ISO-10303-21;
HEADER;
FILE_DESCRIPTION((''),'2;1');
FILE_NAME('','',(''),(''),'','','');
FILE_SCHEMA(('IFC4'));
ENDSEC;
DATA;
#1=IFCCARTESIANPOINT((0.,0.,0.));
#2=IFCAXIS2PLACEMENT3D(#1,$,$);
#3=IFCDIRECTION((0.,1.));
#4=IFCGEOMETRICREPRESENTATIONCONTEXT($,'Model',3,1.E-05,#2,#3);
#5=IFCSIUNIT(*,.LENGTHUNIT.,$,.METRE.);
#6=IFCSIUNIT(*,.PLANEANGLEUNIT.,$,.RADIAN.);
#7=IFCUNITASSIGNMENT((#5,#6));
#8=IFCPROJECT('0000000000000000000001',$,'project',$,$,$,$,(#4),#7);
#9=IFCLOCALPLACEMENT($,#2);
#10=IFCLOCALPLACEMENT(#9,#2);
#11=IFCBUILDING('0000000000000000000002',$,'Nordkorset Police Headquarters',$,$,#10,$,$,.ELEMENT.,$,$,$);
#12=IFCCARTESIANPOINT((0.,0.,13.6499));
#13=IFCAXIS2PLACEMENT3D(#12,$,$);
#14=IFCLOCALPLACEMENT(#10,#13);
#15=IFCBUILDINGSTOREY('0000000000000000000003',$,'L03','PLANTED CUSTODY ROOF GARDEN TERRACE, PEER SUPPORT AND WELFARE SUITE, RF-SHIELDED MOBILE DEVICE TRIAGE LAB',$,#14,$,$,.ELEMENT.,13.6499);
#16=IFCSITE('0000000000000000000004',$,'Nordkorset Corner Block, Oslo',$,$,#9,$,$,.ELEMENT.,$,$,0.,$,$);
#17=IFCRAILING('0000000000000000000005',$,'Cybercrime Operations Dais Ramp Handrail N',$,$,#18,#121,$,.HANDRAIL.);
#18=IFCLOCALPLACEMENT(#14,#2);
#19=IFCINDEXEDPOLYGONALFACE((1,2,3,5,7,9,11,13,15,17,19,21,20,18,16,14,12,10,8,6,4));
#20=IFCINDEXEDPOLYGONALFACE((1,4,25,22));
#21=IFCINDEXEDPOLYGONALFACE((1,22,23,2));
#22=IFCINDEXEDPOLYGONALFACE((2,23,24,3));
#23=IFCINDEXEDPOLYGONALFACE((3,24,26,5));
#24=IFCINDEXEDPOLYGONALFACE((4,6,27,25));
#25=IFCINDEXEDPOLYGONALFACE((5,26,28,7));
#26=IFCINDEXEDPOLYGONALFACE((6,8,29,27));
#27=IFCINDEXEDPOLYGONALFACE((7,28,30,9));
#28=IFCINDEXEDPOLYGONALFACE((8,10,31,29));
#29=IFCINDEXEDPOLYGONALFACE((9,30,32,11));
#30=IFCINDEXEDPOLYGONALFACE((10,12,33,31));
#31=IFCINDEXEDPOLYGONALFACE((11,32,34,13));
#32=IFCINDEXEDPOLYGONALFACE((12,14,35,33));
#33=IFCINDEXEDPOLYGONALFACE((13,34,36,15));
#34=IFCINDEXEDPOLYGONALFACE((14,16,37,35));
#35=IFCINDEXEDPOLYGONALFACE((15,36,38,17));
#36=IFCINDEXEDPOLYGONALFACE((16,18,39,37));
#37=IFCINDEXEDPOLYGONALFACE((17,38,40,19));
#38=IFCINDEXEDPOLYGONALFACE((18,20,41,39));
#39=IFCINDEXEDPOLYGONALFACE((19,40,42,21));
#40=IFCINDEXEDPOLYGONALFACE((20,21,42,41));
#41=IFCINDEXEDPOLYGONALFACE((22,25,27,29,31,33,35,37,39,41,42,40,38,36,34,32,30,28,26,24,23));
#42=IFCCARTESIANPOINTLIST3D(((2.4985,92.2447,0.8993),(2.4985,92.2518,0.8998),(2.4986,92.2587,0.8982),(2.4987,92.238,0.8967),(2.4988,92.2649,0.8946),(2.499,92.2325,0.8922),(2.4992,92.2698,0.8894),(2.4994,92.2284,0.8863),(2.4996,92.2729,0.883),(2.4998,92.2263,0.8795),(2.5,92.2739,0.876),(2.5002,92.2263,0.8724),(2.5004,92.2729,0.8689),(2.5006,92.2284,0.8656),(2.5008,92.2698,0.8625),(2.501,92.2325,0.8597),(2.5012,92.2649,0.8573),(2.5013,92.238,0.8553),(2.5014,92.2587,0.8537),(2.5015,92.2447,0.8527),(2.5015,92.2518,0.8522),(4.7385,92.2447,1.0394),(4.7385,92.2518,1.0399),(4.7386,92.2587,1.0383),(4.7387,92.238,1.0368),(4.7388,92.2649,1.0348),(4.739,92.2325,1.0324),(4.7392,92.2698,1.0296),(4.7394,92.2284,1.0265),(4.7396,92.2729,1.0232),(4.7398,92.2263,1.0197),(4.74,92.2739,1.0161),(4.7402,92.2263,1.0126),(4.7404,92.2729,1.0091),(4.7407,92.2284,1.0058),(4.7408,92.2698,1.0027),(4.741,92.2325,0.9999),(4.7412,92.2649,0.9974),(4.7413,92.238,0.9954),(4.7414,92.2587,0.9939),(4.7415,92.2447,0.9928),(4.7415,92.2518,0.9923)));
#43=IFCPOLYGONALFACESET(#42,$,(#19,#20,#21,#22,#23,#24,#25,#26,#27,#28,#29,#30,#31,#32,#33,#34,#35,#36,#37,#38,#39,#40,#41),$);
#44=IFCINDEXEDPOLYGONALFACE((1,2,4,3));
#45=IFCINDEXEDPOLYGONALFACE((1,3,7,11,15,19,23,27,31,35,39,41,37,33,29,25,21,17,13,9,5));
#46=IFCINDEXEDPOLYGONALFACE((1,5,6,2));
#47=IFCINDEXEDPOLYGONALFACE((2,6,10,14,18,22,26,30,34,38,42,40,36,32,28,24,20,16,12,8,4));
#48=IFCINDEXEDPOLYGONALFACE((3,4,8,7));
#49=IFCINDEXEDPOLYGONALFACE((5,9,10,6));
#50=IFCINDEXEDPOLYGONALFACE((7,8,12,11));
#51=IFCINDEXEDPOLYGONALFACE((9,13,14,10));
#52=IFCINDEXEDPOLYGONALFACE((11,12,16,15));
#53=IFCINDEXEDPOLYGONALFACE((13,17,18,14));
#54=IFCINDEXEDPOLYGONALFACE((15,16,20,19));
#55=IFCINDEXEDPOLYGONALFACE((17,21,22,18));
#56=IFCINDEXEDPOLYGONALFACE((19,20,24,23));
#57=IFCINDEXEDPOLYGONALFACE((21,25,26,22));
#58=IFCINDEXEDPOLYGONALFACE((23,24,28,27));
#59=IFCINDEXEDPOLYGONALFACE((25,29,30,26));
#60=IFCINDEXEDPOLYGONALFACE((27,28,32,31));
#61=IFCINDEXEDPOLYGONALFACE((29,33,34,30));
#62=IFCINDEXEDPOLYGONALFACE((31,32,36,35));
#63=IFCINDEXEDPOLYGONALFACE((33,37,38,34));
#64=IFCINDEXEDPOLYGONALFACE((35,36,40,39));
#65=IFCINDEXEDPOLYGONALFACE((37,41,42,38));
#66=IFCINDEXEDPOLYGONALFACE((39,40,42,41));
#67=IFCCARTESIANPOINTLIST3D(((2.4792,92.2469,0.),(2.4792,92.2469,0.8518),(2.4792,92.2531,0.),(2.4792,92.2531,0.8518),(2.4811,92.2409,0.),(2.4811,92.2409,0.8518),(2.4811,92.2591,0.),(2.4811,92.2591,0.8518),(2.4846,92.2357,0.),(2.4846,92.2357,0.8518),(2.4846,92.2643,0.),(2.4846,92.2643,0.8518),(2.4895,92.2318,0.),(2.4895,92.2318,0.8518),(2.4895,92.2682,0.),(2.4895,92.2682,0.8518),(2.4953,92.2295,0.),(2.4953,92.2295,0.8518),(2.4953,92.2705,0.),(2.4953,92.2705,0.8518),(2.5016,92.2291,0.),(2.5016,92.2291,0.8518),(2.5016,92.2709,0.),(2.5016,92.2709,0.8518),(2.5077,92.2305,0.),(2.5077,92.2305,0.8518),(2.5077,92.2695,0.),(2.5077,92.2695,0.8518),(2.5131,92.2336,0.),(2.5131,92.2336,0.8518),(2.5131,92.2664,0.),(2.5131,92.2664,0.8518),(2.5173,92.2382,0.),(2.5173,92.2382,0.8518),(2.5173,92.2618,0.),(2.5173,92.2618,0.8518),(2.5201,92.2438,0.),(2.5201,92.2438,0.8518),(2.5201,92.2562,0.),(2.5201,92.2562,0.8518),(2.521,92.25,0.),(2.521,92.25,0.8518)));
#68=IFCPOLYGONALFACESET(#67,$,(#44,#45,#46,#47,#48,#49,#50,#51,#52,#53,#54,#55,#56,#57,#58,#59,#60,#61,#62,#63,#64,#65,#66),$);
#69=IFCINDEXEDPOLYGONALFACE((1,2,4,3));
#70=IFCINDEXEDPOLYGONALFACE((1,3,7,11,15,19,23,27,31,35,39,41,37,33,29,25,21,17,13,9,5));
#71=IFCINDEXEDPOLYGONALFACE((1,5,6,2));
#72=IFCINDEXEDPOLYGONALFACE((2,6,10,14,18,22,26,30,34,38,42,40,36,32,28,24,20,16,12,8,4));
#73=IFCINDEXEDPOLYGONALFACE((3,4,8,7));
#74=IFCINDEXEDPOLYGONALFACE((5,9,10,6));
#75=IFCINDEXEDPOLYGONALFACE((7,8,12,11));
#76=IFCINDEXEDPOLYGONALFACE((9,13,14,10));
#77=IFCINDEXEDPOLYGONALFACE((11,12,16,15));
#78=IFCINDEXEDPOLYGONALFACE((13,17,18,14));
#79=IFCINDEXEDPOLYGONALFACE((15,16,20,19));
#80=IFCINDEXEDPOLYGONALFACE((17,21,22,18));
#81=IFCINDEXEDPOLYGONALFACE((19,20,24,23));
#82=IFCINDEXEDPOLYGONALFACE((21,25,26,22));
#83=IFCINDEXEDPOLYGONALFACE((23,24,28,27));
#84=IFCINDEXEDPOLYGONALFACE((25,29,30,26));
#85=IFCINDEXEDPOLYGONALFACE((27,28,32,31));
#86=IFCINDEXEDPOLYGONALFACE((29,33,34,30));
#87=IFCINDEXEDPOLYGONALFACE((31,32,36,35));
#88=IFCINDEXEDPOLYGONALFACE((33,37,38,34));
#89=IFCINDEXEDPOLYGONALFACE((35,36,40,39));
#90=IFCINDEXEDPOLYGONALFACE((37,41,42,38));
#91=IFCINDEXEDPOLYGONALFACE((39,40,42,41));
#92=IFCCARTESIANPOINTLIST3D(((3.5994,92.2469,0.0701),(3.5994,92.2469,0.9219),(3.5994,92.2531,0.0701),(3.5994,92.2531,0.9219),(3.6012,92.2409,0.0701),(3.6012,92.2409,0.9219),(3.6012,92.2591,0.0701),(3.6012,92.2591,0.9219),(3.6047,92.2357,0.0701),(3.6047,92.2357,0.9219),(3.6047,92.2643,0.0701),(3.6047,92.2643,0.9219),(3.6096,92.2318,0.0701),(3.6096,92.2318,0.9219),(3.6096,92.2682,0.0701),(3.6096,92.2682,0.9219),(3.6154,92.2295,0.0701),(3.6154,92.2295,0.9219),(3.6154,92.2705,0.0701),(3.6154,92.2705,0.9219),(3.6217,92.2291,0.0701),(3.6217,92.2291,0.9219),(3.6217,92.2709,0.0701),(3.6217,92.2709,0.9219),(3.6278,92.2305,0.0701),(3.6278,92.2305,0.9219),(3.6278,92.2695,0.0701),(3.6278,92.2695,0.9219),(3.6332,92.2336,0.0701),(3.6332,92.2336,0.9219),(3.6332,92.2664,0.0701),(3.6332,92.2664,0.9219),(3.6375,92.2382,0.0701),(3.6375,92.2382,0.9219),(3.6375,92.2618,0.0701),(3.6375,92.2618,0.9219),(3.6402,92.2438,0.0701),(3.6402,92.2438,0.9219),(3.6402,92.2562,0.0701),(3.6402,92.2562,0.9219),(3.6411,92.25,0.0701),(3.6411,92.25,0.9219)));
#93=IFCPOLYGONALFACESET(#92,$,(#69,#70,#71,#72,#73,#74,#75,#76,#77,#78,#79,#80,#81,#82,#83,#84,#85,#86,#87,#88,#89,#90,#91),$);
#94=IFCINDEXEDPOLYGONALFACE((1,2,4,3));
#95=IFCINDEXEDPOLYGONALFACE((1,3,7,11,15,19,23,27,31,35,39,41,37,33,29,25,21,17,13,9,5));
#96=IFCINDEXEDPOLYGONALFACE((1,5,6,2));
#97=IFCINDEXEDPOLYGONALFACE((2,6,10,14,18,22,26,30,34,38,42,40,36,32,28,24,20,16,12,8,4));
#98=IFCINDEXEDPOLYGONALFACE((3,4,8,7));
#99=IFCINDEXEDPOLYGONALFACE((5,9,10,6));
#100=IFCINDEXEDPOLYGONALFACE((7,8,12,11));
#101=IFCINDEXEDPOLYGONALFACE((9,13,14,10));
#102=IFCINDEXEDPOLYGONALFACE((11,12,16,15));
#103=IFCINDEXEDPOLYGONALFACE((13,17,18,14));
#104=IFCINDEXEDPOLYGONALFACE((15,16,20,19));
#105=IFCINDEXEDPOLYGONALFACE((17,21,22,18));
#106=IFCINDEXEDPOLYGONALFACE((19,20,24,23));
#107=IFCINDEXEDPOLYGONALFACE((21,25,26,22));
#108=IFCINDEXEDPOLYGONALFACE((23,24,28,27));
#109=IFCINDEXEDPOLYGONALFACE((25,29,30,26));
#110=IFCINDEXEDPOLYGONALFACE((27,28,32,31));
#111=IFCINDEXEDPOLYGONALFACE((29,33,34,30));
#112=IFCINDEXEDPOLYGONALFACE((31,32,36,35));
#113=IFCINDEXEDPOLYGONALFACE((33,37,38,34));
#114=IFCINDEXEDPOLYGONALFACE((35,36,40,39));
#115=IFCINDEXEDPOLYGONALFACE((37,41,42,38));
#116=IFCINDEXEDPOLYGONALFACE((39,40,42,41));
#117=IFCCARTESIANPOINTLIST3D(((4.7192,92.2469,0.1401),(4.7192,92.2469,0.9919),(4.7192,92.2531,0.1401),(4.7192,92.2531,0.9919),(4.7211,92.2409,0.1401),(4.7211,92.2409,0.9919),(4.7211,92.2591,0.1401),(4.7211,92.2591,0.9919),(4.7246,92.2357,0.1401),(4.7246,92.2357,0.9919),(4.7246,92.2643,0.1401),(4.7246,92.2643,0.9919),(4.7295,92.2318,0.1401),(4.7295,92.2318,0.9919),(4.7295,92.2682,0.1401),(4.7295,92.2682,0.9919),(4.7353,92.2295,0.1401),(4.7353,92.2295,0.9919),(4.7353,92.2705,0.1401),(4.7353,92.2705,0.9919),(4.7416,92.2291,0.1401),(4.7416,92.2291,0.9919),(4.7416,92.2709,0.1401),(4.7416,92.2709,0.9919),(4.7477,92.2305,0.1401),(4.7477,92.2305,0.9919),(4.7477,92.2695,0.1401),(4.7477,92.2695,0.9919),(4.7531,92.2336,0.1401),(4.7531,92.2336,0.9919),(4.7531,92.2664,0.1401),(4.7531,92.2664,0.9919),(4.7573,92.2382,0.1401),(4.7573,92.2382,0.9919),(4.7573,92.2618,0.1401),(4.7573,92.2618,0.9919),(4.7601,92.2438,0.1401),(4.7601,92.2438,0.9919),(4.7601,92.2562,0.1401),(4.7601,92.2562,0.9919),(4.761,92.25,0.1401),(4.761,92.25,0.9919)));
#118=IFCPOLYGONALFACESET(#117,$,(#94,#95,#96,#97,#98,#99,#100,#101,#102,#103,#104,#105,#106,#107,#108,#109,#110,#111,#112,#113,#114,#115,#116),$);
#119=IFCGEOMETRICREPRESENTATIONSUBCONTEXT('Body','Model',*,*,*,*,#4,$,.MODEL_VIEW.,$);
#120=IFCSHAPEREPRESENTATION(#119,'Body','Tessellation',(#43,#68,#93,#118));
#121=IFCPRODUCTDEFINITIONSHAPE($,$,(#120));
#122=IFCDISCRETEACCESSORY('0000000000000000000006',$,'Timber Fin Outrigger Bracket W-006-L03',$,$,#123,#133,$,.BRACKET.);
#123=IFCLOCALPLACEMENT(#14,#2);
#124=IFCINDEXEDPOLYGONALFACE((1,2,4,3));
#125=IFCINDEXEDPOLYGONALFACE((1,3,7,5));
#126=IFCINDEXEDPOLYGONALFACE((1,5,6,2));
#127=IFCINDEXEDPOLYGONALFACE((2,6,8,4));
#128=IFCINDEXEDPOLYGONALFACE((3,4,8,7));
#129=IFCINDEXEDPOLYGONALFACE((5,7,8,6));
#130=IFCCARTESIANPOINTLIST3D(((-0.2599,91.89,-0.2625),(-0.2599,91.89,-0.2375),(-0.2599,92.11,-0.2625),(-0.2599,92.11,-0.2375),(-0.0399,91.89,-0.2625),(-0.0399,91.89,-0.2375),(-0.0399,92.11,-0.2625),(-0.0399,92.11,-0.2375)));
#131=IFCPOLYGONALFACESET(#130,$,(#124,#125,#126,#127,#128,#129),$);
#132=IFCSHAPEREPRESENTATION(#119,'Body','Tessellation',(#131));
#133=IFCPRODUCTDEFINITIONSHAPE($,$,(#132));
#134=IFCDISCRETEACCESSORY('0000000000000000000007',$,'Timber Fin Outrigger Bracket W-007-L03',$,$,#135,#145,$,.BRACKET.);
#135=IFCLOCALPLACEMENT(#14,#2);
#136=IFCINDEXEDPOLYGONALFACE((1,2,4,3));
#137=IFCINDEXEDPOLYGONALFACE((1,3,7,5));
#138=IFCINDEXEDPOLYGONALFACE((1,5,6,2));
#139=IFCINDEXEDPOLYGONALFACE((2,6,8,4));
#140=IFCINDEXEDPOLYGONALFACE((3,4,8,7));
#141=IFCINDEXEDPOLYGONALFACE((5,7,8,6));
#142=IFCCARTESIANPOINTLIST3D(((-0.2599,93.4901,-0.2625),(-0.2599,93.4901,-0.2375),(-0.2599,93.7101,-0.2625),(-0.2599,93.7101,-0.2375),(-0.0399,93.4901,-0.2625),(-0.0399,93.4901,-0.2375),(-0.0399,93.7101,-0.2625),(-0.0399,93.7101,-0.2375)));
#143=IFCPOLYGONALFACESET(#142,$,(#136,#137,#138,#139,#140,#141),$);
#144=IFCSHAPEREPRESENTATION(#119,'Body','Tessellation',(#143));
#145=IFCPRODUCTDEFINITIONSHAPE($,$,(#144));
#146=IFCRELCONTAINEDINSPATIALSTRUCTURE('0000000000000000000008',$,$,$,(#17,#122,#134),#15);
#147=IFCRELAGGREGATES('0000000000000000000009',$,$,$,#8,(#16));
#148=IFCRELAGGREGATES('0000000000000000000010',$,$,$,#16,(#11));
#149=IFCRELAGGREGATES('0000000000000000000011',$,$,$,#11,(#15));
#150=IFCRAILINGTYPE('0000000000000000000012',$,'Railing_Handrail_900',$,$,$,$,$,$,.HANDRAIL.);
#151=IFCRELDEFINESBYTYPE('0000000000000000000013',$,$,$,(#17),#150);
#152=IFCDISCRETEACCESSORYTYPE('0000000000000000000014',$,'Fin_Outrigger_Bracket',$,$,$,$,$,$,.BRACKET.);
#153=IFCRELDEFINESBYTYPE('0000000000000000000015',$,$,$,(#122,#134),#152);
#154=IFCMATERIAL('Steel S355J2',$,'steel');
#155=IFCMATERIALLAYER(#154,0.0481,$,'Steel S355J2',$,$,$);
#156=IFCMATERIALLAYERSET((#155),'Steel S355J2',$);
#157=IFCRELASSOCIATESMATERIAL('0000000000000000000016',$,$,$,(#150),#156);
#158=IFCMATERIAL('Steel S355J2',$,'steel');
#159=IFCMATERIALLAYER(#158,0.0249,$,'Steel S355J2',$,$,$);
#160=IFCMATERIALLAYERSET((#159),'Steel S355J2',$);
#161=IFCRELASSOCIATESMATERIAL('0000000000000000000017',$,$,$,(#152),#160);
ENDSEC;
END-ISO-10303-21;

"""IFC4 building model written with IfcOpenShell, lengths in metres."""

from ifc_helpers import new_model, si_unit, direction, frame, origin, origin_2d, place, context, subcontext, project, spatial, rectangle, circle, extrude, material, layer, layer_set, type_object, element, save


model = new_model("IFC4")

# Units and contexts
model_context = context("Model", 3, precision=1e-05, world=origin(), true_north=direction((0.0, 1.0)))
body_context = subcontext(model_context, "Body", "Model", "MODEL_VIEW")
ifc_project = project(units=[si_unit("LENGTHUNIT", "METRE"), si_unit("PLANEANGLEUNIT", "RADIAN")], contexts=[model_context])

# Site, building, storey
site_placement = place(None, origin())
site = spatial("IfcSite", under=ifc_project, at=site_placement, Name="Nordkorset Corner Block, Oslo", CompositionType="ELEMENT", RefElevation=0.0)
building_placement = place(site_placement, origin())
building = spatial("IfcBuilding", under=site, at=building_placement, Name="Nordkorset Police Headquarters", CompositionType="ELEMENT")
storey_placement = place(building_placement, frame((0.0, 0.0, 13.6499)))
storey = spatial("IfcBuildingStorey", under=building, at=storey_placement, Name="L03", Description="PLANTED CUSTODY ROOF GARDEN TERRACE, PEER SUPPORT AND WELFARE SUITE, RF-SHIELDED MOBILE DEVICE TRIAGE LAB", CompositionType="ELEMENT", Elevation=13.6499)

# Railing
ifc_material_1 = material(Name="Steel S355J2", Category="steel")
ifc_layer_1 = layer(ifc_material_1, 0.0481, Name="Steel S355J2")
ifc_layer_set_1 = layer_set([ifc_layer_1], Name="Steel S355J2")
railing_type = type_object("IfcRailingType", Name="Railing_Handrail_900", PredefinedType="HANDRAIL", material=ifc_layer_set_1)
railing_placement = place(storey_placement, frame((2.5, 92.25, 0.0)))
element("IfcRailing", 1, at=railing_placement, inside=storey, type_object=railing_type, Name="Cybercrime Operations Dais Ramp Handrail N", PredefinedType="HANDRAIL", context=body_context, shape_type="SweptSolid", body=[
    extrude(circle(Radius=0.0239, at=origin_2d()), frame((0.0, 0.0, 0.876), z_axis=(0.998049, 0.0, 0.062439), x_axis=(0.0, 1.0, 0.0)), (0.0, 0.0, 1.0), 2.2444),
    extrude(circle(Radius=0.021, at=origin_2d()), origin(), (0.0, 0.0, 1.0), 0.8518),
    extrude(circle(Radius=0.021, at=origin_2d()), frame((1.1201, 0.0, 0.0701)), (0.0, 0.0, 1.0), 0.8518),
    extrude(circle(Radius=0.021, at=origin_2d()), frame((2.24, 0.0, 0.1401)), (0.0, 0.0, 1.0), 0.8518),
])

# Discrete accessories
ifc_material_2 = material(Name="Steel S355J2", Category="steel")
ifc_layer_2 = layer(ifc_material_2, 0.0249, Name="Steel S355J2")
ifc_layer_set_2 = layer_set([ifc_layer_2], Name="Steel S355J2")
discrete_accessory_type = type_object("IfcDiscreteAccessoryType", Name="Fin_Outrigger_Bracket", PredefinedType="BRACKET", material=ifc_layer_set_2)
for number, where, z_axis, x_axis, name in (
    (2, (-0.1499, 92.0, -0.2625), (0.0, 0.0, 1.0), (1.0, 0.0, 0.0), "Timber Fin Outrigger Bracket W-006-L03"),
    (3, (-0.1499, 93.6001, -0.2625), (0.0, 0.0, 1.0), (1.0, 0.0, 0.0), "Timber Fin Outrigger Bracket W-007-L03"),
):
    element("IfcDiscreteAccessory", number, at=place(storey_placement, frame(where, z_axis=z_axis, x_axis=x_axis)), inside=storey, type_object=discrete_accessory_type, Name=name, PredefinedType="BRACKET", context=body_context, shape_type="SweptSolid", body=[
        extrude(rectangle(XDim=0.22, YDim=0.22, at=origin_2d()), origin(), (0.0, 0.0, 1.0), 0.0249),
    ])

save(model, "model.ifc")
